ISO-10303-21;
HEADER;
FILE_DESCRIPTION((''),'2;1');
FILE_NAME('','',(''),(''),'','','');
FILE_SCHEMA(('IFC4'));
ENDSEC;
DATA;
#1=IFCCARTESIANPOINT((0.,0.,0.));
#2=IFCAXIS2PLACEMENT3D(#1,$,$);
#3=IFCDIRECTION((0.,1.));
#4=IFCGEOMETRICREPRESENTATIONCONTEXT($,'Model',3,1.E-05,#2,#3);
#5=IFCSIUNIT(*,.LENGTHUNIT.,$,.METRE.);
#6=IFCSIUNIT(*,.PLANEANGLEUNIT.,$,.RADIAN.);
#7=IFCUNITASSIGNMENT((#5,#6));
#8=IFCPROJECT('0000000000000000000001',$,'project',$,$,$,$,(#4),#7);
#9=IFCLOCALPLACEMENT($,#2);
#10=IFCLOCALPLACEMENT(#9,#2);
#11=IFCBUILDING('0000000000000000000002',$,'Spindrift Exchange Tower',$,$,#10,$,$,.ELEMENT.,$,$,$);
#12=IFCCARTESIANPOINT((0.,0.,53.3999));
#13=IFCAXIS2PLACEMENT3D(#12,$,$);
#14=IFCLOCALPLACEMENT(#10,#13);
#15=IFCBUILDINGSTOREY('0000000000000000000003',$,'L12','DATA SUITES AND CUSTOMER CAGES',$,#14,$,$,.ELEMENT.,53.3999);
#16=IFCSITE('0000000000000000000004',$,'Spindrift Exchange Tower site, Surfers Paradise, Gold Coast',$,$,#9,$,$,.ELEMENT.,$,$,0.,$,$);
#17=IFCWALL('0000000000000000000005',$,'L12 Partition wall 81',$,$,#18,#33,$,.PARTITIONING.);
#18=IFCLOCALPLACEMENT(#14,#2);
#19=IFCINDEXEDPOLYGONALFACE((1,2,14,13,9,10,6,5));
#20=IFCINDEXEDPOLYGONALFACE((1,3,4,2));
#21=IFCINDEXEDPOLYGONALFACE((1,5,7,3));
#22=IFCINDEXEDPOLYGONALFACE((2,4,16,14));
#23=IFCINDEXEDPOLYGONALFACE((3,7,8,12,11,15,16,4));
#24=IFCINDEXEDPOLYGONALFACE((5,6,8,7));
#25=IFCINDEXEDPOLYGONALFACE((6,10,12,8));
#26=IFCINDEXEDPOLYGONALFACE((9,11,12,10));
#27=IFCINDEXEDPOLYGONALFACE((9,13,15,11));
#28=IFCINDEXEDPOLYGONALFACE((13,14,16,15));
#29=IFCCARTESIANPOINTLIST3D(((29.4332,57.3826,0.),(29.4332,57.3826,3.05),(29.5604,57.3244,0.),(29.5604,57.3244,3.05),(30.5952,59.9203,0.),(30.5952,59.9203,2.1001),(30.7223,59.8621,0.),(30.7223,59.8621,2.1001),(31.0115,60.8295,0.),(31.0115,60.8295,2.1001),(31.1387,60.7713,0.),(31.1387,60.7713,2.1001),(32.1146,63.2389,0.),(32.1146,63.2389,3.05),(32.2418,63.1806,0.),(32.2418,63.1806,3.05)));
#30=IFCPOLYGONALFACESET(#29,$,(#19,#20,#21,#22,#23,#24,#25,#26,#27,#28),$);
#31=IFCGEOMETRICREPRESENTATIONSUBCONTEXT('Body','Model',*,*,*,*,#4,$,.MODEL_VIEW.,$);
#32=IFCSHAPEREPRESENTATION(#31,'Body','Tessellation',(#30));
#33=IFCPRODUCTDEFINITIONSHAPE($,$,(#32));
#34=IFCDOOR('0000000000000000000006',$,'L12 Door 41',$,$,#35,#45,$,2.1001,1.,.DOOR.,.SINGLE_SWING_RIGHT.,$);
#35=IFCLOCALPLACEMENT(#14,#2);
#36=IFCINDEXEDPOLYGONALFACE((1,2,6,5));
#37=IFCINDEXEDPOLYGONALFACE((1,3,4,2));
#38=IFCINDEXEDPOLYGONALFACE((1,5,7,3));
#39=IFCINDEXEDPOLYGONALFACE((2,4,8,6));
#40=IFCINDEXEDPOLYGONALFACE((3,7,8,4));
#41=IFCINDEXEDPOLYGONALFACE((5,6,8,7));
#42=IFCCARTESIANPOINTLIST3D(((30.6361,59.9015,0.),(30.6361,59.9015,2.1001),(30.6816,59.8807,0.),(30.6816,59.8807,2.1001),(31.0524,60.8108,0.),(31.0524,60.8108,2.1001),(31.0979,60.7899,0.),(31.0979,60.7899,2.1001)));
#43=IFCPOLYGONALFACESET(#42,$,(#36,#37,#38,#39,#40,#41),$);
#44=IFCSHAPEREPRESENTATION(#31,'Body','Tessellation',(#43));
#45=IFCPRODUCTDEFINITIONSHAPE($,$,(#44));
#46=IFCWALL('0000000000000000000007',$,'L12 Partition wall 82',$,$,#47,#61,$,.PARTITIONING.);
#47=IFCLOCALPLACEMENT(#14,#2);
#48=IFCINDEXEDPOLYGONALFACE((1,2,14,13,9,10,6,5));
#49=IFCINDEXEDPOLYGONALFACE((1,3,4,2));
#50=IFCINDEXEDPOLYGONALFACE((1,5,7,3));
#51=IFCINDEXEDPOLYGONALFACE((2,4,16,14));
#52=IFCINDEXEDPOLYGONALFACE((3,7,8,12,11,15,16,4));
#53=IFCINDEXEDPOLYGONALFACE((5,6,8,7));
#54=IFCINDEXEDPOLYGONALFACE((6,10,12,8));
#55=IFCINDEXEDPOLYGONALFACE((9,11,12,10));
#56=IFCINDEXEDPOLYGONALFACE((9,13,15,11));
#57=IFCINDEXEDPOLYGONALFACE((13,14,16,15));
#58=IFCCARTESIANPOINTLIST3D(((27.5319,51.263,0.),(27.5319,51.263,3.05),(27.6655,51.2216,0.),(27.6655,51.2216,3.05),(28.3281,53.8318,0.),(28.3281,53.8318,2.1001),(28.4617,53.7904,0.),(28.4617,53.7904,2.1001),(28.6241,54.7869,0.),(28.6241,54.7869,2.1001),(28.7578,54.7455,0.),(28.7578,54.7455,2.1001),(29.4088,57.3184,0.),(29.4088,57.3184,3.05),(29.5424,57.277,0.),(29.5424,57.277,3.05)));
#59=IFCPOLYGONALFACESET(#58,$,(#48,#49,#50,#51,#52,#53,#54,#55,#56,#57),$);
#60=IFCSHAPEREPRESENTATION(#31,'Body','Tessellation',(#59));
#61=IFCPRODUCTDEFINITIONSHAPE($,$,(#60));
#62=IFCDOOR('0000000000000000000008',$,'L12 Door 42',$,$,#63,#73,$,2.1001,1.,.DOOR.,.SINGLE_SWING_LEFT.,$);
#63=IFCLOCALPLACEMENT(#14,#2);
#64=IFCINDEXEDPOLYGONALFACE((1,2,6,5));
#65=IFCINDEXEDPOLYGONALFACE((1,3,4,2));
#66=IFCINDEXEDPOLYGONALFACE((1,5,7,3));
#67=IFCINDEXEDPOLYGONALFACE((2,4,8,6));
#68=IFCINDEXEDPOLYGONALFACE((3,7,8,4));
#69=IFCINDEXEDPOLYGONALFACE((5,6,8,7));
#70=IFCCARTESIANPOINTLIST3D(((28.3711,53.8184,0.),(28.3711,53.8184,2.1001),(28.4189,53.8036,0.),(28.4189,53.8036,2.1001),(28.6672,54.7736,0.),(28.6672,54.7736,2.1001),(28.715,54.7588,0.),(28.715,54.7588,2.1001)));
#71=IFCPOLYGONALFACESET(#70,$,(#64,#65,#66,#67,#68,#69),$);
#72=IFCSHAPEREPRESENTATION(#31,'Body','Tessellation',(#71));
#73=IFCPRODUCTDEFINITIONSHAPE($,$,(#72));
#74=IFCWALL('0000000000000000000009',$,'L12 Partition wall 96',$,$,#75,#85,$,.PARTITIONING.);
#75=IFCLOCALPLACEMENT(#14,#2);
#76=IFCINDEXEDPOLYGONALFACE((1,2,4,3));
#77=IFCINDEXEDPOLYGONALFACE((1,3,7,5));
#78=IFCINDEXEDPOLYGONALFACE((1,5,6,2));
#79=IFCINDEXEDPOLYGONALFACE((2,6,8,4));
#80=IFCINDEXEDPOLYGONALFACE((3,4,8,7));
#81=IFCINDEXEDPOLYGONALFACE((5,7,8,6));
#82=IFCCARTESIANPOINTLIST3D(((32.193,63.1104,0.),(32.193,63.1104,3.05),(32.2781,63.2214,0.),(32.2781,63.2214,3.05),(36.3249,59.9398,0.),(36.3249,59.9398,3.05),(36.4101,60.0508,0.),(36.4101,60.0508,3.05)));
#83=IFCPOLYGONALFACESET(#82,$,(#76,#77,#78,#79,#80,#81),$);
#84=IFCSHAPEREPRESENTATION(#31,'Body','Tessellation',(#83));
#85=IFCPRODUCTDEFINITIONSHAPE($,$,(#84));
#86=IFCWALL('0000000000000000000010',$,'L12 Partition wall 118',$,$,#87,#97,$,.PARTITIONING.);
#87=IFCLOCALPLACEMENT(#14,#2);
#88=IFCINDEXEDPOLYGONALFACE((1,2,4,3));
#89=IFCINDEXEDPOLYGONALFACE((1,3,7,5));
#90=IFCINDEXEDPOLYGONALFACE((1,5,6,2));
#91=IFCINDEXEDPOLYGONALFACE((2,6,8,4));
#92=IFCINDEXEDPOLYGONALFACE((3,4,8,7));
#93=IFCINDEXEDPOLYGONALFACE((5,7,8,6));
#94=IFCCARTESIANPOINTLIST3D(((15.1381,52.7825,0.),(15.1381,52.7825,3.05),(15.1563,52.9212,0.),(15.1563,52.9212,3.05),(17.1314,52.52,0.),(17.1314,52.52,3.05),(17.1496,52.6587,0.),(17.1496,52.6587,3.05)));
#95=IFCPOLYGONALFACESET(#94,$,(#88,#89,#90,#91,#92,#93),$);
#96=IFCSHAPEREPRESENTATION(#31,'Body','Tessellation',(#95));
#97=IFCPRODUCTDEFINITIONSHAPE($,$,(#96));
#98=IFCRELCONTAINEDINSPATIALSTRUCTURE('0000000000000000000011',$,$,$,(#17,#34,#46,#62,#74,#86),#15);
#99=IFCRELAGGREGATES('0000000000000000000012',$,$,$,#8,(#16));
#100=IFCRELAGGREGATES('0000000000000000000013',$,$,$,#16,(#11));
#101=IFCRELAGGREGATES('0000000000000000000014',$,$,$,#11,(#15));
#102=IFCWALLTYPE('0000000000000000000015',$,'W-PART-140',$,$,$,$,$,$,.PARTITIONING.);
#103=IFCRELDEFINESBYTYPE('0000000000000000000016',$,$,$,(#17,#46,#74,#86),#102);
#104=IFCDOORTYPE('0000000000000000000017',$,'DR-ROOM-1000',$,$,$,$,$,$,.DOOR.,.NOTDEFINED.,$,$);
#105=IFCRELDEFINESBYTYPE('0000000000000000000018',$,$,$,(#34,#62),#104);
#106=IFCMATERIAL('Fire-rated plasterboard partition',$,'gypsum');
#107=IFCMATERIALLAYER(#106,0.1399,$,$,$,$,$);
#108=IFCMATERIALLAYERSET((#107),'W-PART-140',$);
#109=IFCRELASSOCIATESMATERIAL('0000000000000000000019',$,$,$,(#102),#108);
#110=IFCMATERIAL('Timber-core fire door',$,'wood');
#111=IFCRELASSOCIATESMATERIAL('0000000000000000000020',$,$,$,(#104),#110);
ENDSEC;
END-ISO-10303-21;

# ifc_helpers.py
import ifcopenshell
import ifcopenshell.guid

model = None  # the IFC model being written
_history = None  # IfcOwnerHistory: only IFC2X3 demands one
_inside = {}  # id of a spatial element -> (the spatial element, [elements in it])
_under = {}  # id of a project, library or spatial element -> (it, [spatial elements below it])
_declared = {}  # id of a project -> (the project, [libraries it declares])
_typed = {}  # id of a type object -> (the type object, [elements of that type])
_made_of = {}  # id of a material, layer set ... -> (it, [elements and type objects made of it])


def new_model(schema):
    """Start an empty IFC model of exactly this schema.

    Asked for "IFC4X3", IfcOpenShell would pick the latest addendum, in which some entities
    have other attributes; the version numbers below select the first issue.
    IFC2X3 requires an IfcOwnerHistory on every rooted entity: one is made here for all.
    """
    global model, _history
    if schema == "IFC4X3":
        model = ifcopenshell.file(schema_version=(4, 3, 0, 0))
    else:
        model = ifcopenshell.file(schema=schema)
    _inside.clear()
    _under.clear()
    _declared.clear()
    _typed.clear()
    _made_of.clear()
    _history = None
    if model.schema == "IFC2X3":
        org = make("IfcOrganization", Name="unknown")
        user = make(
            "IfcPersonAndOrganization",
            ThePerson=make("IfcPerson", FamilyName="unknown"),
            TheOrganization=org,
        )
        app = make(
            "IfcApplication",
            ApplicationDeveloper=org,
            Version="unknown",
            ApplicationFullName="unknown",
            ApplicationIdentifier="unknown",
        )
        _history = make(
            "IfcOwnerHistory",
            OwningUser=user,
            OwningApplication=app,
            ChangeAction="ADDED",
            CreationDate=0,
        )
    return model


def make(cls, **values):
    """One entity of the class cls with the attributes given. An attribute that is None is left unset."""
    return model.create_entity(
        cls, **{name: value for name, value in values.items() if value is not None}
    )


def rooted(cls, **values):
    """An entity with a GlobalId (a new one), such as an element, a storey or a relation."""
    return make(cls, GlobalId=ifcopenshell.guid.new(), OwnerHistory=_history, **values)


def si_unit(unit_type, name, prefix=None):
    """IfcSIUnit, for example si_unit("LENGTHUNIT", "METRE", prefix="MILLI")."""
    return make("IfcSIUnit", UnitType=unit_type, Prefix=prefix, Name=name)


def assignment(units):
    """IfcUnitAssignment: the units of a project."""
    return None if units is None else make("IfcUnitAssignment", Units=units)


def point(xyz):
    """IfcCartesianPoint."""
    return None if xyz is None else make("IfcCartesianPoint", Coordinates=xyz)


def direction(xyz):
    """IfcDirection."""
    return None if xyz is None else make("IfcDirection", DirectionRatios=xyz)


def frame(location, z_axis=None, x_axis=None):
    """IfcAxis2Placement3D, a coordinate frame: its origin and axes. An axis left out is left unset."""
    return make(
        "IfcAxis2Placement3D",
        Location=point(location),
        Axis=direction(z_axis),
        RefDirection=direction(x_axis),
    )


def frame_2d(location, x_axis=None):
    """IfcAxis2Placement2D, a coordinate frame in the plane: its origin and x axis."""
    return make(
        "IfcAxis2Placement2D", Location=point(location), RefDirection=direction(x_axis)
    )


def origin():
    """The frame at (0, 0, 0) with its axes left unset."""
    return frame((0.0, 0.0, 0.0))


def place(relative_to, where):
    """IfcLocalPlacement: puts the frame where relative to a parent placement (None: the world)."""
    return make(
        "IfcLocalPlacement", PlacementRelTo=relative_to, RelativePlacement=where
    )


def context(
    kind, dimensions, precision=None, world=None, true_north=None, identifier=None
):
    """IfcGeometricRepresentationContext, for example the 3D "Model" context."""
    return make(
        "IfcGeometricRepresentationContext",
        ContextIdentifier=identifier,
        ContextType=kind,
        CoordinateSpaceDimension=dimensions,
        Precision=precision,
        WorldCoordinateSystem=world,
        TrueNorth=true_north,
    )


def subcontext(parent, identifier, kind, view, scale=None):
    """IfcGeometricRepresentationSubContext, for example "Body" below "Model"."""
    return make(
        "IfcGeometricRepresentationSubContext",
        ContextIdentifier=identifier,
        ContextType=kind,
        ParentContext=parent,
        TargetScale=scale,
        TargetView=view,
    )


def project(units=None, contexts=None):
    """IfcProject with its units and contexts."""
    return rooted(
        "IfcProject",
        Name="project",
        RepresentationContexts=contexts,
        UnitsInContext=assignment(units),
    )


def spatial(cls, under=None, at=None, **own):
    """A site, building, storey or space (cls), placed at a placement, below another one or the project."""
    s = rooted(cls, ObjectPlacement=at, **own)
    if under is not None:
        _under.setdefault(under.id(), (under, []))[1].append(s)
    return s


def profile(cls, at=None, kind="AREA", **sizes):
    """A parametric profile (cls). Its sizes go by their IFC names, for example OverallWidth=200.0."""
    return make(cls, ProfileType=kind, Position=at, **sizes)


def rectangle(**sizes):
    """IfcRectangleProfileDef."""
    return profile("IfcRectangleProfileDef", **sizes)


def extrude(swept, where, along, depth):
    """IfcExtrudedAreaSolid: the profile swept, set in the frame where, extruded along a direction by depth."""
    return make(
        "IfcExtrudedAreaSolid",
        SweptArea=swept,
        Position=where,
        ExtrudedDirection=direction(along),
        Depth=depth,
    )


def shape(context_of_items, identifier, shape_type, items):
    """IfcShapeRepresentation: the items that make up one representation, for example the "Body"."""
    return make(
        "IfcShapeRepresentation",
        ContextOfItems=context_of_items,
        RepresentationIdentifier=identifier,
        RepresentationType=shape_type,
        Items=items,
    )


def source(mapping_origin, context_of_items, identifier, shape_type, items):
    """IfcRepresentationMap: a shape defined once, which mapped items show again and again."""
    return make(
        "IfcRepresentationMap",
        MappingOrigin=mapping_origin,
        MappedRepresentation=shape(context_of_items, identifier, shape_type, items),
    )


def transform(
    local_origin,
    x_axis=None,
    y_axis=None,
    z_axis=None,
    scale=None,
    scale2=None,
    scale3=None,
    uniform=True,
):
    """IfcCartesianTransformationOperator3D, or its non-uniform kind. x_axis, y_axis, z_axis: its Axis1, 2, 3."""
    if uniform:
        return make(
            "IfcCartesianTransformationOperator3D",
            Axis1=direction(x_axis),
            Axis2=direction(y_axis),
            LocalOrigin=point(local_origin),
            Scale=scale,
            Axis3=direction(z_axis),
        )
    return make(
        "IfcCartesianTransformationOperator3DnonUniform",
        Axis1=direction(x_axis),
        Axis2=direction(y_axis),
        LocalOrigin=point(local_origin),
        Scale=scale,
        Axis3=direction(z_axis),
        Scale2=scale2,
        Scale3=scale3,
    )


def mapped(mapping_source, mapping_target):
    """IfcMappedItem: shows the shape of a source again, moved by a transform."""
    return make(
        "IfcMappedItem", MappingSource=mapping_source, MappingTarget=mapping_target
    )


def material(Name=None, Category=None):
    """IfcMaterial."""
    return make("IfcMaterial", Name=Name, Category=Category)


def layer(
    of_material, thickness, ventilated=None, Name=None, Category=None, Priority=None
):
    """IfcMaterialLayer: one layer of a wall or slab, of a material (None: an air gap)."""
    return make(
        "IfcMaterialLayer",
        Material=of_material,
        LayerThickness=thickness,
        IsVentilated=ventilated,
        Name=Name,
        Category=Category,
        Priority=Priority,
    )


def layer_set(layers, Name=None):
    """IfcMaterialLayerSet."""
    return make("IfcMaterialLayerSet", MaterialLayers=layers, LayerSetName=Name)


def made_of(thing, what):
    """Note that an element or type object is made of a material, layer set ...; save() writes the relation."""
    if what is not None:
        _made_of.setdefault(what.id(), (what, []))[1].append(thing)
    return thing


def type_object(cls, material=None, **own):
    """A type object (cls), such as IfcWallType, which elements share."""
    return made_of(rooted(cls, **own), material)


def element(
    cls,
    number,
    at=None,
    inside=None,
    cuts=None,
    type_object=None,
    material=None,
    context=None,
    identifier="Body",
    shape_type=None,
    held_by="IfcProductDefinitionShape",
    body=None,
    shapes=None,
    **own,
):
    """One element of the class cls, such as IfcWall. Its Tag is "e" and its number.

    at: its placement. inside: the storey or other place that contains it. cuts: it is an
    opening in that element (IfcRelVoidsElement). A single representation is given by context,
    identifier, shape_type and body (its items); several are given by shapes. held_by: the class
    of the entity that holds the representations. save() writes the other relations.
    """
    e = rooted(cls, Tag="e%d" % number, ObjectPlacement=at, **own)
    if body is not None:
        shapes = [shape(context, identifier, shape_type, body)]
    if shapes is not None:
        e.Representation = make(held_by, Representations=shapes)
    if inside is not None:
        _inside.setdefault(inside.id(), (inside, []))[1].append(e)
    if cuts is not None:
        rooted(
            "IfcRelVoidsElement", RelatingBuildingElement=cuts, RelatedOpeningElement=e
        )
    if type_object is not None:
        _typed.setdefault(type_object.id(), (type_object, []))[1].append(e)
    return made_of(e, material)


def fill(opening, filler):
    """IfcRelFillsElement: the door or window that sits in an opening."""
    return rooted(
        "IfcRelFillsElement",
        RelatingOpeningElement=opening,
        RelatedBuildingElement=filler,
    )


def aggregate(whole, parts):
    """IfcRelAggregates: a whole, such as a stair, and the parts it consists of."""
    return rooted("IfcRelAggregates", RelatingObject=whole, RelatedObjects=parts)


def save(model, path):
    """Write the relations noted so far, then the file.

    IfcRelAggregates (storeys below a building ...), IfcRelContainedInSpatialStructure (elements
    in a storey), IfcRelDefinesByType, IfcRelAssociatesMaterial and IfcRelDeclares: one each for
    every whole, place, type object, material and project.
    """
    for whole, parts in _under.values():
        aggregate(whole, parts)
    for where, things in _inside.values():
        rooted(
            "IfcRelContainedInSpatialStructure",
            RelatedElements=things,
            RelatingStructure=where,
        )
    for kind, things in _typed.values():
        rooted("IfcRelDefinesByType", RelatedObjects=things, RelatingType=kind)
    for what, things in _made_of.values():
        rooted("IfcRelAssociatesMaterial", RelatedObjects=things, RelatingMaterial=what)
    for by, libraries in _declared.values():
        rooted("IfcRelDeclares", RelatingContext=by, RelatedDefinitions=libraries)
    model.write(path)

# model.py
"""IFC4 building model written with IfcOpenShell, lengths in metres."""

from ifc_helpers import new_model, si_unit, direction, frame, frame_2d, origin, place, context, subcontext, project, spatial, rectangle, extrude, source, transform, mapped, material, layer, layer_set, type_object, element, fill, save


model = new_model("IFC4")

# Units and contexts
model_context = context("Model", 3, precision=1e-05, world=origin(), true_north=direction((0.0, 1.0)))
body_context = subcontext(model_context, "Body", "Model", "MODEL_VIEW")
ifc_project = project(units=[si_unit("LENGTHUNIT", "METRE"), si_unit("PLANEANGLEUNIT", "RADIAN")], contexts=[model_context])

# Site, building, storey
site_placement = place(None, origin())
site = spatial("IfcSite", under=ifc_project, at=site_placement, Name="Spindrift Exchange Tower site, Surfers Paradise, Gold Coast", CompositionType="ELEMENT", RefElevation=0.0)
building_placement = place(site_placement, origin())
building = spatial("IfcBuilding", under=site, at=building_placement, Name="Spindrift Exchange Tower", CompositionType="ELEMENT")
storey_placement = place(building_placement, frame((0.0, 0.0, 53.3999)))
storey = spatial("IfcBuildingStorey", under=building, at=storey_placement, Name="L12", Description="DATA SUITES AND CUSTOMER CAGES", CompositionType="ELEMENT", Elevation=53.3999)

# Shared definitions
ifc_material_1 = material(Name="Fire-rated plasterboard partition", Category="gypsum")
ifc_layer_1 = layer(ifc_material_1, 0.1399)
ifc_layer_set_1 = layer_set([ifc_layer_1], Name="W-PART-140")
wall_type = type_object("IfcWallType", Name="W-PART-140", PredefinedType="PARTITIONING", material=ifc_layer_set_1)

# Walls, openings, doors
wall_1_placement = place(storey_placement, frame((29.4968, 57.3535, 0.0), z_axis=(0.0, 0.0, 1.0), x_axis=(0.416309, 0.909223, 0.0)))
wall_1 = element("IfcWall", 1, at=wall_1_placement, inside=storey, type_object=wall_type, Name="L12 Partition wall 81", PredefinedType="PARTITIONING", context=body_context, shape_type="SweptSolid", body=[
    extrude(rectangle(XDim=6.4409, YDim=0.1399, at=frame_2d((3.2205, 0.0))), origin(), (0.0, 0.0, 1.0), 3.05),
])
opening_1_placement = place(wall_1_placement, frame((2.791, 0.0, 0.0)))
opening_1 = element("IfcOpeningElement", 2, at=opening_1_placement, cuts=wall_1, PredefinedType="OPENING", context=body_context, shape_type="SweptSolid", body=[
    extrude(rectangle(XDim=1.0, YDim=2.1001, at=frame_2d((0.5, 1.05))), frame((0.0, 0.0798, 0.0), z_axis=(0.0, -1.0, 0.0), x_axis=(1.0, 0.0, 0.0)), (0.0, 0.0, 1.0), 0.1599),
])
ifc_material_2 = material(Name="Timber-core fire door", Category="wood")
door_type = type_object("IfcDoorType", Name="DR-ROOM-1000", OperationType="NOTDEFINED", PredefinedType="DOOR", material=ifc_material_2)
shared_shape_1 = source(origin(), body_context, "Body", "SweptSolid", [
    extrude(rectangle(XDim=1.0, YDim=2.1001, at=frame_2d((0.5, 1.05))), frame((0.0, 0.0249, 0.0), z_axis=(0.0, -1.0, 0.0), x_axis=(1.0, 0.0, 0.0)), (0.0, 0.0, 1.0), 0.05),
])
door_1_placement = place(opening_1_placement, origin())
door_1 = element("IfcDoor", 3, at=door_1_placement, inside=storey, type_object=door_type, Name="L12 Door 41", OperationType="SINGLE_SWING_RIGHT", OverallHeight=2.1001, OverallWidth=1.0, PredefinedType="DOOR", context=body_context, shape_type="MappedRepresentation", body=[
    mapped(shared_shape_1, transform((0.0, 0.0, 0.0), scale=1.0)),
])
fill(opening_1, door_1)
wall_2_placement = place(storey_placement, frame((27.5986, 51.2422, 0.0), z_axis=(0.0, 0.0, 1.0), x_axis=(0.296066, 0.955167, 0.0)))
wall_2 = element("IfcWall", 4, at=wall_2_placement, inside=storey, type_object=wall_type, Name="L12 Partition wall 82", PredefinedType="PARTITIONING", context=body_context, shape_type="SweptSolid", body=[
    extrude(rectangle(XDim=6.3396, YDim=0.1399, at=frame_2d((3.1699, 0.0))), origin(), (0.0, 0.0, 1.0), 3.05),
])
opening_2_placement = place(wall_2_placement, frame((2.6895, 0.0, 0.0)))
opening_2 = element("IfcOpeningElement", 5, at=opening_2_placement, cuts=wall_2, PredefinedType="OPENING", context=body_context, shape_type="SweptSolid", body=[
    extrude(rectangle(XDim=1.0, YDim=2.1001, at=frame_2d((0.5, 1.05))), frame((0.0, 0.0798, 0.0), z_axis=(0.0, -1.0, 0.0), x_axis=(1.0, 0.0, 0.0)), (0.0, 0.0, 1.0), 0.1599),
])
door_2_placement = place(opening_2_placement, origin())
door_2 = element("IfcDoor", 6, at=door_2_placement, inside=storey, type_object=door_type, Name="L12 Door 42", OperationType="SINGLE_SWING_LEFT", OverallHeight=2.1001, OverallWidth=1.0, PredefinedType="DOOR", context=body_context, shape_type="MappedRepresentation", body=[
    mapped(shared_shape_1, transform((0.0, 0.0, 0.0), scale=1.0)),
])
fill(opening_2, door_2)

# Walls
wall_3_placement = place(storey_placement, frame((36.3674, 59.9954, 0.0), z_axis=(0.0, 0.0, 1.0), x_axis=(-0.793354, 0.608761, 0.0)))
element("IfcWall", 7, at=wall_3_placement, inside=storey, type_object=wall_type, Name="L12 Partition wall 96", PredefinedType="PARTITIONING", context=body_context, shape_type="SweptSolid", body=[
    extrude(rectangle(XDim=5.2083, YDim=0.1399, at=frame_2d((2.604, 0.0))), origin(), (0.0, 0.0, 1.0), 3.05),
])
wall_4_placement = place(storey_placement, frame((17.1406, 52.5894, 0.0), z_axis=(0.0, 0.0, 1.0), x_axis=(-0.991444, 0.130533, 0.0)))
element("IfcWall", 8, at=wall_4_placement, inside=storey, type_object=wall_type, Name="L12 Partition wall 118", PredefinedType="PARTITIONING", context=body_context, shape_type="SweptSolid", body=[
    extrude(rectangle(XDim=2.0105, YDim=0.1399, at=frame_2d((1.0054, 0.0))), origin(), (0.0, 0.0, 1.0), 3.05),
])

save(model, "model.ifc")
